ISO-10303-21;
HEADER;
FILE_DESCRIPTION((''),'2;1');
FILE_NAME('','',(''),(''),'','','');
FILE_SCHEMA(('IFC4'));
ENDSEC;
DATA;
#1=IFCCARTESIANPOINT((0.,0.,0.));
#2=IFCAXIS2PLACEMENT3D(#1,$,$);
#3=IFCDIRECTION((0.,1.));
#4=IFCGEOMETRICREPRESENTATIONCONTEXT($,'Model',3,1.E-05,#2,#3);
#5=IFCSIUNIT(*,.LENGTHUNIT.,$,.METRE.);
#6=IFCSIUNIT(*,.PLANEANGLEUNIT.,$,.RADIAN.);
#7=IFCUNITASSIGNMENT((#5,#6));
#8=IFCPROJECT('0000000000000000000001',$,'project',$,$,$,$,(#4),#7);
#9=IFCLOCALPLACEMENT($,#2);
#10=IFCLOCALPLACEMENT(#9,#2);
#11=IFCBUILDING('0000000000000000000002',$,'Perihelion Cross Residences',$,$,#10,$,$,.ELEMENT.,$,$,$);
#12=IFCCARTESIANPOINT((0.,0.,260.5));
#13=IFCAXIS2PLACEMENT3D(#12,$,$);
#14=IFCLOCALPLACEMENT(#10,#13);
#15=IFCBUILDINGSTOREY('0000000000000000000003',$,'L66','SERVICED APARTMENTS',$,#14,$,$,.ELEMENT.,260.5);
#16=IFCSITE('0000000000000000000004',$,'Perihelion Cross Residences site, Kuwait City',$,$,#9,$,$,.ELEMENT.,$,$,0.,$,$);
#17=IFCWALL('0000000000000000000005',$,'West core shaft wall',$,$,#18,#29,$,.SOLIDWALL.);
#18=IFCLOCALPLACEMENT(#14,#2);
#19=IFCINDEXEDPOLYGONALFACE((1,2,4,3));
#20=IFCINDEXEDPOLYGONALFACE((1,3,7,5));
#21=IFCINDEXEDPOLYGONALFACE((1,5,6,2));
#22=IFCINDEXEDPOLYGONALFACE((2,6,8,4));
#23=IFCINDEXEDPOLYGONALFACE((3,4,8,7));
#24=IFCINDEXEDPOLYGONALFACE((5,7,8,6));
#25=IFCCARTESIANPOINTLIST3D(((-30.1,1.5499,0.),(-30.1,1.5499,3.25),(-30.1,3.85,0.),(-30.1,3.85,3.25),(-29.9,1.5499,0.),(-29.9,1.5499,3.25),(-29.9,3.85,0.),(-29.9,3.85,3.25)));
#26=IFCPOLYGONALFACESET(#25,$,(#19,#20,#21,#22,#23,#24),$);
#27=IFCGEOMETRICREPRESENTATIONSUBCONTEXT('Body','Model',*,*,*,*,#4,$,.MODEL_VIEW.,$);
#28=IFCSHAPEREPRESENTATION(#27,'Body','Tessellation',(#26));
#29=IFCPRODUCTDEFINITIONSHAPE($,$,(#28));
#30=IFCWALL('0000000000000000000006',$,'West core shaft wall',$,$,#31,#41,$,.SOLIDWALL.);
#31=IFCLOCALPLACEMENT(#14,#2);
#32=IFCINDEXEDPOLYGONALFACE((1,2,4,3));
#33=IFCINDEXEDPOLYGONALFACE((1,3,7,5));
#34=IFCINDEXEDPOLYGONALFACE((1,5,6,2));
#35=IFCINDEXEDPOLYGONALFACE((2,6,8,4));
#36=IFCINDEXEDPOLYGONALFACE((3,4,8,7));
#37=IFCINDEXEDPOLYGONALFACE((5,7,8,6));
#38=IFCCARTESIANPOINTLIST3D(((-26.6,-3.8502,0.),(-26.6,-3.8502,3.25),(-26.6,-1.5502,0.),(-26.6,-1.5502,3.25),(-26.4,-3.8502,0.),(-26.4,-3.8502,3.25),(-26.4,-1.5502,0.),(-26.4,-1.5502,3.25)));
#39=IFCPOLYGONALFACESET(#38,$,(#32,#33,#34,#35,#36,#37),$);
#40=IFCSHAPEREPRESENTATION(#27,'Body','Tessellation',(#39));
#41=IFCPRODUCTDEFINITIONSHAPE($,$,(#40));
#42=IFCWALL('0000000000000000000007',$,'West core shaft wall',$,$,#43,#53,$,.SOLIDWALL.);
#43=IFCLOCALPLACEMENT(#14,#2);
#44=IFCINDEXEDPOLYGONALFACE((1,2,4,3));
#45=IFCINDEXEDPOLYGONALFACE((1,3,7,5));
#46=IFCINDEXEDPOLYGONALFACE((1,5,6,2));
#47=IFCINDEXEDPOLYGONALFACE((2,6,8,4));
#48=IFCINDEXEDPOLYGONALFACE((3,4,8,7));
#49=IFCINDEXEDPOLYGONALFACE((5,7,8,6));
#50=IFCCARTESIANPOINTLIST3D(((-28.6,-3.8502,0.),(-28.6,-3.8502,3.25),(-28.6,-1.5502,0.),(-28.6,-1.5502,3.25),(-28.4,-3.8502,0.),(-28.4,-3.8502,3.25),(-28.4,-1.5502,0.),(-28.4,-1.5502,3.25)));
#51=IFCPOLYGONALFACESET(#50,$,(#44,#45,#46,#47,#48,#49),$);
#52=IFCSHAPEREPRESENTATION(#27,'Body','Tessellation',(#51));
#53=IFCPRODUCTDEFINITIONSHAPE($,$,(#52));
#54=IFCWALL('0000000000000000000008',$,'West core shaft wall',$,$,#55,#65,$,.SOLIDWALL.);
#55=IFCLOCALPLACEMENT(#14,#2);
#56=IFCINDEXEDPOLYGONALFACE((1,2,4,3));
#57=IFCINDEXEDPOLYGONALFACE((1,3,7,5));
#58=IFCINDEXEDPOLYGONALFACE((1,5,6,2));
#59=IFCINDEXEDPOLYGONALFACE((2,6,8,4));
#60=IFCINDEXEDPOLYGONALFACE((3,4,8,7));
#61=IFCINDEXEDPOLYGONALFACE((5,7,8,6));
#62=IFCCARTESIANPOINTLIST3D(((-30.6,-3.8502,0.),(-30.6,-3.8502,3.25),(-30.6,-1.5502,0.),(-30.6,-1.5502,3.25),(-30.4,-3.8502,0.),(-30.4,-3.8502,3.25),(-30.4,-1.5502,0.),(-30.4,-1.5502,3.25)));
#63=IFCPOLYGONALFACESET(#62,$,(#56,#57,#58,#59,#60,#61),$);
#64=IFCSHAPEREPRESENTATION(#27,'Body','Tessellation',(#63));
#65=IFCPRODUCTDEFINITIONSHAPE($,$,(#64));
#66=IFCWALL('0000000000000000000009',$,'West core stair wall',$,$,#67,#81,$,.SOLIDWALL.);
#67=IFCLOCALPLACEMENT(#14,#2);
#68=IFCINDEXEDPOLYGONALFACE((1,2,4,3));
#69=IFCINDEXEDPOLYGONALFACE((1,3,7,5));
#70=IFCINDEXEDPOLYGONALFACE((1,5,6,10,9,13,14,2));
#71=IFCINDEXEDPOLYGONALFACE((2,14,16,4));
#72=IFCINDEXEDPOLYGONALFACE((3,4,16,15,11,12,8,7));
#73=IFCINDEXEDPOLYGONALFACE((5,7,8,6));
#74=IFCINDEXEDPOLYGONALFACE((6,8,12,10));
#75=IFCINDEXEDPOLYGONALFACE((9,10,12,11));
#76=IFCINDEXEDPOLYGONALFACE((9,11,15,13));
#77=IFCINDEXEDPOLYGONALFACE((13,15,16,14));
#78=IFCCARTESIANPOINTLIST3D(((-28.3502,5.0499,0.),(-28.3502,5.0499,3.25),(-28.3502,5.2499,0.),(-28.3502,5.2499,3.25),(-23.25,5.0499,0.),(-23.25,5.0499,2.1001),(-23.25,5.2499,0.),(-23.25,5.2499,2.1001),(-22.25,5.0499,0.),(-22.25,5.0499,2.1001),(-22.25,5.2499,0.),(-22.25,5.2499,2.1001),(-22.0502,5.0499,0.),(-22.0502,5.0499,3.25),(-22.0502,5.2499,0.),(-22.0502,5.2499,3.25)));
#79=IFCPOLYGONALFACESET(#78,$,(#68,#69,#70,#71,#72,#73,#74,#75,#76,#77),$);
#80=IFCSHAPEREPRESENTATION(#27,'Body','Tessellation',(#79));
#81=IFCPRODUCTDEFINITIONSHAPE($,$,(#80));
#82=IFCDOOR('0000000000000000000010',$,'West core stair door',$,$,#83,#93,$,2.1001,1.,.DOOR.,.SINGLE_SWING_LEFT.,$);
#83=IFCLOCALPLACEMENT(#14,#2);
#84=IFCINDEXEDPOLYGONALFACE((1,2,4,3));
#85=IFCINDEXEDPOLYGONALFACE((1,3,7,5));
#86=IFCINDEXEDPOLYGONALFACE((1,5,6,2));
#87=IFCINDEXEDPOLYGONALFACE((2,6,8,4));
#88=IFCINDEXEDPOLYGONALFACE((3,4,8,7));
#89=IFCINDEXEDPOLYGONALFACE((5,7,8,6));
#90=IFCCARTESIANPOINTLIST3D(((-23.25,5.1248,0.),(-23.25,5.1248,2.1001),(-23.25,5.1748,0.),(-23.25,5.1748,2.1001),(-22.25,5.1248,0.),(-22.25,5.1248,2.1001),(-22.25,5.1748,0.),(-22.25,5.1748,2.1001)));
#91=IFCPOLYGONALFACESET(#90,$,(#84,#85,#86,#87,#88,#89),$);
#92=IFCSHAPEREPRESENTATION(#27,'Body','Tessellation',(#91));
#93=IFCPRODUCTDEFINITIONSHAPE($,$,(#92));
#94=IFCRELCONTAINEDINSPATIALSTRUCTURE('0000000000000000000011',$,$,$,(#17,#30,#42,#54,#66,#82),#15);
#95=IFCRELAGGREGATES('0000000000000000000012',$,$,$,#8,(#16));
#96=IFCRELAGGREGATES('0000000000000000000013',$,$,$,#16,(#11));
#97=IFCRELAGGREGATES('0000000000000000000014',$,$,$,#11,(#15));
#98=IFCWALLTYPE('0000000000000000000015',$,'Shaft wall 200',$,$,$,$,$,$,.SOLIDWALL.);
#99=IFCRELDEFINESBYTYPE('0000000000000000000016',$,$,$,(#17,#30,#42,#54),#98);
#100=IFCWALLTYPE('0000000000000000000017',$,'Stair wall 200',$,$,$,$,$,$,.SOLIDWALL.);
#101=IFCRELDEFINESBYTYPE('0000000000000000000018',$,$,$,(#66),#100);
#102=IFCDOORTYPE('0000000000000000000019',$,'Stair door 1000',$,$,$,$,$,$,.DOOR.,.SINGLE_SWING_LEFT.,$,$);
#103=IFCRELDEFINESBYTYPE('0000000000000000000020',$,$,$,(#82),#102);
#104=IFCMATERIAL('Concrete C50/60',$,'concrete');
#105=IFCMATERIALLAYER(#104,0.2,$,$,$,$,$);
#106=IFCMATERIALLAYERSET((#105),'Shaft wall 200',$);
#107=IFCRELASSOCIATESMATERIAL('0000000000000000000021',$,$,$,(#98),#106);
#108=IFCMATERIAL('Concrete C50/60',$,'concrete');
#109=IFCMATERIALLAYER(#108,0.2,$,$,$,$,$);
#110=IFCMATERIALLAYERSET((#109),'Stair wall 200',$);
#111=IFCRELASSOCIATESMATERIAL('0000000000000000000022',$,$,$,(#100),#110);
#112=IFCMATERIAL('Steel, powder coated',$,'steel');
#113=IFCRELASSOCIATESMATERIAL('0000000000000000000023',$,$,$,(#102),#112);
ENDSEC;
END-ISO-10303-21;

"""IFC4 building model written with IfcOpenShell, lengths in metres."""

from ifc_helpers import new_model, si_unit, direction, frame, frame_2d, origin, place, context, subcontext, project, spatial, rectangle, extrude, material, layer, layer_set, type_object, element, fill, save


model = new_model("IFC4")

# Units and contexts
model_context = context("Model", 3, precision=1e-05, world=origin(), true_north=direction((0.0, 1.0)))
body_context = subcontext(model_context, "Body", "Model", "MODEL_VIEW")
ifc_project = project(units=[si_unit("LENGTHUNIT", "METRE"), si_unit("PLANEANGLEUNIT", "RADIAN")], contexts=[model_context])

# Site, building, storey
site_placement = place(None, origin())
site = spatial("IfcSite", under=ifc_project, at=site_placement, Name="Perihelion Cross Residences site, Kuwait City", CompositionType="ELEMENT", RefElevation=0.0)
building_placement = place(site_placement, origin())
building = spatial("IfcBuilding", under=site, at=building_placement, Name="Perihelion Cross Residences", CompositionType="ELEMENT")
storey_placement = place(building_placement, frame((0.0, 0.0, 260.5)))
storey = spatial("IfcBuildingStorey", under=building, at=storey_placement, Name="L66", Description="SERVICED APARTMENTS", CompositionType="ELEMENT", Elevation=260.5)

# Shared definitions
ifc_material_1 = material(Name="Concrete C50/60", Category="concrete")
ifc_layer_1 = layer(ifc_material_1, 0.2)
ifc_layer_set_1 = layer_set([ifc_layer_1], Name="Shaft wall 200")
wall_type_1 = type_object("IfcWallType", Name="Shaft wall 200", PredefinedType="SOLIDWALL", material=ifc_layer_set_1)

# Walls
for number, where, z_axis, x_axis, name in (
    (1, (-30.0, 1.55, 0.0), (0.0, 0.0, 1.0), (0.0, 1.0, 0.0), "West core shaft wall"),
    (2, (-26.5, -3.8501, 0.0), (0.0, 0.0, 1.0), (0.0, 1.0, 0.0), "West core shaft wall"),
    (3, (-28.5, -3.8501, 0.0), (0.0, 0.0, 1.0), (0.0, 1.0, 0.0), "West core shaft wall"),
    (4, (-30.5, -3.8501, 0.0), (0.0, 0.0, 1.0), (0.0, 1.0, 0.0), "West core shaft wall"),
):
    element("IfcWall", number, at=place(storey_placement, frame(where, z_axis=z_axis, x_axis=x_axis)), inside=storey, type_object=wall_type_1, Name=name, PredefinedType="SOLIDWALL", context=body_context, shape_type="SweptSolid", body=[
        extrude(rectangle(XDim=2.3, YDim=0.2, at=frame_2d((1.1499, 0.0))), origin(), (0.0, 0.0, 1.0), 3.25),
    ])

# Wall, opening, door
ifc_material_2 = material(Name="Concrete C50/60", Category="concrete")
ifc_layer_2 = layer(ifc_material_2, 0.2)
ifc_layer_set_2 = layer_set([ifc_layer_2], Name="Stair wall 200")
wall_type_2 = type_object("IfcWallType", Name="Stair wall 200", PredefinedType="SOLIDWALL", material=ifc_layer_set_2)
wall_1_placement = place(storey_placement, frame((-28.3501, 5.1499, 0.0), z_axis=(0.0, 0.0, 1.0), x_axis=(1.0, 0.0, 0.0)))
wall_1 = element("IfcWall", 5, at=wall_1_placement, inside=storey, type_object=wall_type_2, Name="West core stair wall", PredefinedType="SOLIDWALL", context=body_context, shape_type="SweptSolid", body=[
    extrude(rectangle(XDim=6.3, YDim=0.2, at=frame_2d((3.1499, 0.0))), origin(), (0.0, 0.0, 1.0), 3.25),
])
opening_1_placement = place(wall_1_placement, frame((5.1001, 0.0, 0.0)))
opening_1 = element("IfcOpeningElement", 6, at=opening_1_placement, cuts=wall_1, PredefinedType="OPENING", context=body_context, shape_type="SweptSolid", body=[
    extrude(rectangle(XDim=1.0, YDim=2.1001, at=frame_2d((0.5, 1.05))), frame((0.0, 0.1099, 0.0), z_axis=(0.0, -1.0, 0.0), x_axis=(1.0, 0.0, 0.0)), (0.0, 0.0, 1.0), 0.22),
])
ifc_material_3 = material(Name="Steel, powder coated", Category="steel")
door_type_1 = type_object("IfcDoorType", Name="Stair door 1000", OperationType="SINGLE_SWING_LEFT", PredefinedType="DOOR", material=ifc_material_3)
door_1_placement = place(opening_1_placement, origin())
door_1 = element("IfcDoor", 7, at=door_1_placement, inside=storey, type_object=door_type_1, Name="West core stair door", OperationType="SINGLE_SWING_LEFT", OverallHeight=2.1001, OverallWidth=1.0, PredefinedType="DOOR", context=body_context, shape_type="SweptSolid", body=[
    extrude(rectangle(XDim=1.0, YDim=2.1001, at=frame_2d((0.5, 1.05))), frame((0.0, 0.0249, 0.0), z_axis=(0.0, -1.0, 0.0), x_axis=(1.0, 0.0, 0.0)), (0.0, 0.0, 1.0), 0.05),
])
fill(opening_1, door_1)

save(model, "model.ifc")
